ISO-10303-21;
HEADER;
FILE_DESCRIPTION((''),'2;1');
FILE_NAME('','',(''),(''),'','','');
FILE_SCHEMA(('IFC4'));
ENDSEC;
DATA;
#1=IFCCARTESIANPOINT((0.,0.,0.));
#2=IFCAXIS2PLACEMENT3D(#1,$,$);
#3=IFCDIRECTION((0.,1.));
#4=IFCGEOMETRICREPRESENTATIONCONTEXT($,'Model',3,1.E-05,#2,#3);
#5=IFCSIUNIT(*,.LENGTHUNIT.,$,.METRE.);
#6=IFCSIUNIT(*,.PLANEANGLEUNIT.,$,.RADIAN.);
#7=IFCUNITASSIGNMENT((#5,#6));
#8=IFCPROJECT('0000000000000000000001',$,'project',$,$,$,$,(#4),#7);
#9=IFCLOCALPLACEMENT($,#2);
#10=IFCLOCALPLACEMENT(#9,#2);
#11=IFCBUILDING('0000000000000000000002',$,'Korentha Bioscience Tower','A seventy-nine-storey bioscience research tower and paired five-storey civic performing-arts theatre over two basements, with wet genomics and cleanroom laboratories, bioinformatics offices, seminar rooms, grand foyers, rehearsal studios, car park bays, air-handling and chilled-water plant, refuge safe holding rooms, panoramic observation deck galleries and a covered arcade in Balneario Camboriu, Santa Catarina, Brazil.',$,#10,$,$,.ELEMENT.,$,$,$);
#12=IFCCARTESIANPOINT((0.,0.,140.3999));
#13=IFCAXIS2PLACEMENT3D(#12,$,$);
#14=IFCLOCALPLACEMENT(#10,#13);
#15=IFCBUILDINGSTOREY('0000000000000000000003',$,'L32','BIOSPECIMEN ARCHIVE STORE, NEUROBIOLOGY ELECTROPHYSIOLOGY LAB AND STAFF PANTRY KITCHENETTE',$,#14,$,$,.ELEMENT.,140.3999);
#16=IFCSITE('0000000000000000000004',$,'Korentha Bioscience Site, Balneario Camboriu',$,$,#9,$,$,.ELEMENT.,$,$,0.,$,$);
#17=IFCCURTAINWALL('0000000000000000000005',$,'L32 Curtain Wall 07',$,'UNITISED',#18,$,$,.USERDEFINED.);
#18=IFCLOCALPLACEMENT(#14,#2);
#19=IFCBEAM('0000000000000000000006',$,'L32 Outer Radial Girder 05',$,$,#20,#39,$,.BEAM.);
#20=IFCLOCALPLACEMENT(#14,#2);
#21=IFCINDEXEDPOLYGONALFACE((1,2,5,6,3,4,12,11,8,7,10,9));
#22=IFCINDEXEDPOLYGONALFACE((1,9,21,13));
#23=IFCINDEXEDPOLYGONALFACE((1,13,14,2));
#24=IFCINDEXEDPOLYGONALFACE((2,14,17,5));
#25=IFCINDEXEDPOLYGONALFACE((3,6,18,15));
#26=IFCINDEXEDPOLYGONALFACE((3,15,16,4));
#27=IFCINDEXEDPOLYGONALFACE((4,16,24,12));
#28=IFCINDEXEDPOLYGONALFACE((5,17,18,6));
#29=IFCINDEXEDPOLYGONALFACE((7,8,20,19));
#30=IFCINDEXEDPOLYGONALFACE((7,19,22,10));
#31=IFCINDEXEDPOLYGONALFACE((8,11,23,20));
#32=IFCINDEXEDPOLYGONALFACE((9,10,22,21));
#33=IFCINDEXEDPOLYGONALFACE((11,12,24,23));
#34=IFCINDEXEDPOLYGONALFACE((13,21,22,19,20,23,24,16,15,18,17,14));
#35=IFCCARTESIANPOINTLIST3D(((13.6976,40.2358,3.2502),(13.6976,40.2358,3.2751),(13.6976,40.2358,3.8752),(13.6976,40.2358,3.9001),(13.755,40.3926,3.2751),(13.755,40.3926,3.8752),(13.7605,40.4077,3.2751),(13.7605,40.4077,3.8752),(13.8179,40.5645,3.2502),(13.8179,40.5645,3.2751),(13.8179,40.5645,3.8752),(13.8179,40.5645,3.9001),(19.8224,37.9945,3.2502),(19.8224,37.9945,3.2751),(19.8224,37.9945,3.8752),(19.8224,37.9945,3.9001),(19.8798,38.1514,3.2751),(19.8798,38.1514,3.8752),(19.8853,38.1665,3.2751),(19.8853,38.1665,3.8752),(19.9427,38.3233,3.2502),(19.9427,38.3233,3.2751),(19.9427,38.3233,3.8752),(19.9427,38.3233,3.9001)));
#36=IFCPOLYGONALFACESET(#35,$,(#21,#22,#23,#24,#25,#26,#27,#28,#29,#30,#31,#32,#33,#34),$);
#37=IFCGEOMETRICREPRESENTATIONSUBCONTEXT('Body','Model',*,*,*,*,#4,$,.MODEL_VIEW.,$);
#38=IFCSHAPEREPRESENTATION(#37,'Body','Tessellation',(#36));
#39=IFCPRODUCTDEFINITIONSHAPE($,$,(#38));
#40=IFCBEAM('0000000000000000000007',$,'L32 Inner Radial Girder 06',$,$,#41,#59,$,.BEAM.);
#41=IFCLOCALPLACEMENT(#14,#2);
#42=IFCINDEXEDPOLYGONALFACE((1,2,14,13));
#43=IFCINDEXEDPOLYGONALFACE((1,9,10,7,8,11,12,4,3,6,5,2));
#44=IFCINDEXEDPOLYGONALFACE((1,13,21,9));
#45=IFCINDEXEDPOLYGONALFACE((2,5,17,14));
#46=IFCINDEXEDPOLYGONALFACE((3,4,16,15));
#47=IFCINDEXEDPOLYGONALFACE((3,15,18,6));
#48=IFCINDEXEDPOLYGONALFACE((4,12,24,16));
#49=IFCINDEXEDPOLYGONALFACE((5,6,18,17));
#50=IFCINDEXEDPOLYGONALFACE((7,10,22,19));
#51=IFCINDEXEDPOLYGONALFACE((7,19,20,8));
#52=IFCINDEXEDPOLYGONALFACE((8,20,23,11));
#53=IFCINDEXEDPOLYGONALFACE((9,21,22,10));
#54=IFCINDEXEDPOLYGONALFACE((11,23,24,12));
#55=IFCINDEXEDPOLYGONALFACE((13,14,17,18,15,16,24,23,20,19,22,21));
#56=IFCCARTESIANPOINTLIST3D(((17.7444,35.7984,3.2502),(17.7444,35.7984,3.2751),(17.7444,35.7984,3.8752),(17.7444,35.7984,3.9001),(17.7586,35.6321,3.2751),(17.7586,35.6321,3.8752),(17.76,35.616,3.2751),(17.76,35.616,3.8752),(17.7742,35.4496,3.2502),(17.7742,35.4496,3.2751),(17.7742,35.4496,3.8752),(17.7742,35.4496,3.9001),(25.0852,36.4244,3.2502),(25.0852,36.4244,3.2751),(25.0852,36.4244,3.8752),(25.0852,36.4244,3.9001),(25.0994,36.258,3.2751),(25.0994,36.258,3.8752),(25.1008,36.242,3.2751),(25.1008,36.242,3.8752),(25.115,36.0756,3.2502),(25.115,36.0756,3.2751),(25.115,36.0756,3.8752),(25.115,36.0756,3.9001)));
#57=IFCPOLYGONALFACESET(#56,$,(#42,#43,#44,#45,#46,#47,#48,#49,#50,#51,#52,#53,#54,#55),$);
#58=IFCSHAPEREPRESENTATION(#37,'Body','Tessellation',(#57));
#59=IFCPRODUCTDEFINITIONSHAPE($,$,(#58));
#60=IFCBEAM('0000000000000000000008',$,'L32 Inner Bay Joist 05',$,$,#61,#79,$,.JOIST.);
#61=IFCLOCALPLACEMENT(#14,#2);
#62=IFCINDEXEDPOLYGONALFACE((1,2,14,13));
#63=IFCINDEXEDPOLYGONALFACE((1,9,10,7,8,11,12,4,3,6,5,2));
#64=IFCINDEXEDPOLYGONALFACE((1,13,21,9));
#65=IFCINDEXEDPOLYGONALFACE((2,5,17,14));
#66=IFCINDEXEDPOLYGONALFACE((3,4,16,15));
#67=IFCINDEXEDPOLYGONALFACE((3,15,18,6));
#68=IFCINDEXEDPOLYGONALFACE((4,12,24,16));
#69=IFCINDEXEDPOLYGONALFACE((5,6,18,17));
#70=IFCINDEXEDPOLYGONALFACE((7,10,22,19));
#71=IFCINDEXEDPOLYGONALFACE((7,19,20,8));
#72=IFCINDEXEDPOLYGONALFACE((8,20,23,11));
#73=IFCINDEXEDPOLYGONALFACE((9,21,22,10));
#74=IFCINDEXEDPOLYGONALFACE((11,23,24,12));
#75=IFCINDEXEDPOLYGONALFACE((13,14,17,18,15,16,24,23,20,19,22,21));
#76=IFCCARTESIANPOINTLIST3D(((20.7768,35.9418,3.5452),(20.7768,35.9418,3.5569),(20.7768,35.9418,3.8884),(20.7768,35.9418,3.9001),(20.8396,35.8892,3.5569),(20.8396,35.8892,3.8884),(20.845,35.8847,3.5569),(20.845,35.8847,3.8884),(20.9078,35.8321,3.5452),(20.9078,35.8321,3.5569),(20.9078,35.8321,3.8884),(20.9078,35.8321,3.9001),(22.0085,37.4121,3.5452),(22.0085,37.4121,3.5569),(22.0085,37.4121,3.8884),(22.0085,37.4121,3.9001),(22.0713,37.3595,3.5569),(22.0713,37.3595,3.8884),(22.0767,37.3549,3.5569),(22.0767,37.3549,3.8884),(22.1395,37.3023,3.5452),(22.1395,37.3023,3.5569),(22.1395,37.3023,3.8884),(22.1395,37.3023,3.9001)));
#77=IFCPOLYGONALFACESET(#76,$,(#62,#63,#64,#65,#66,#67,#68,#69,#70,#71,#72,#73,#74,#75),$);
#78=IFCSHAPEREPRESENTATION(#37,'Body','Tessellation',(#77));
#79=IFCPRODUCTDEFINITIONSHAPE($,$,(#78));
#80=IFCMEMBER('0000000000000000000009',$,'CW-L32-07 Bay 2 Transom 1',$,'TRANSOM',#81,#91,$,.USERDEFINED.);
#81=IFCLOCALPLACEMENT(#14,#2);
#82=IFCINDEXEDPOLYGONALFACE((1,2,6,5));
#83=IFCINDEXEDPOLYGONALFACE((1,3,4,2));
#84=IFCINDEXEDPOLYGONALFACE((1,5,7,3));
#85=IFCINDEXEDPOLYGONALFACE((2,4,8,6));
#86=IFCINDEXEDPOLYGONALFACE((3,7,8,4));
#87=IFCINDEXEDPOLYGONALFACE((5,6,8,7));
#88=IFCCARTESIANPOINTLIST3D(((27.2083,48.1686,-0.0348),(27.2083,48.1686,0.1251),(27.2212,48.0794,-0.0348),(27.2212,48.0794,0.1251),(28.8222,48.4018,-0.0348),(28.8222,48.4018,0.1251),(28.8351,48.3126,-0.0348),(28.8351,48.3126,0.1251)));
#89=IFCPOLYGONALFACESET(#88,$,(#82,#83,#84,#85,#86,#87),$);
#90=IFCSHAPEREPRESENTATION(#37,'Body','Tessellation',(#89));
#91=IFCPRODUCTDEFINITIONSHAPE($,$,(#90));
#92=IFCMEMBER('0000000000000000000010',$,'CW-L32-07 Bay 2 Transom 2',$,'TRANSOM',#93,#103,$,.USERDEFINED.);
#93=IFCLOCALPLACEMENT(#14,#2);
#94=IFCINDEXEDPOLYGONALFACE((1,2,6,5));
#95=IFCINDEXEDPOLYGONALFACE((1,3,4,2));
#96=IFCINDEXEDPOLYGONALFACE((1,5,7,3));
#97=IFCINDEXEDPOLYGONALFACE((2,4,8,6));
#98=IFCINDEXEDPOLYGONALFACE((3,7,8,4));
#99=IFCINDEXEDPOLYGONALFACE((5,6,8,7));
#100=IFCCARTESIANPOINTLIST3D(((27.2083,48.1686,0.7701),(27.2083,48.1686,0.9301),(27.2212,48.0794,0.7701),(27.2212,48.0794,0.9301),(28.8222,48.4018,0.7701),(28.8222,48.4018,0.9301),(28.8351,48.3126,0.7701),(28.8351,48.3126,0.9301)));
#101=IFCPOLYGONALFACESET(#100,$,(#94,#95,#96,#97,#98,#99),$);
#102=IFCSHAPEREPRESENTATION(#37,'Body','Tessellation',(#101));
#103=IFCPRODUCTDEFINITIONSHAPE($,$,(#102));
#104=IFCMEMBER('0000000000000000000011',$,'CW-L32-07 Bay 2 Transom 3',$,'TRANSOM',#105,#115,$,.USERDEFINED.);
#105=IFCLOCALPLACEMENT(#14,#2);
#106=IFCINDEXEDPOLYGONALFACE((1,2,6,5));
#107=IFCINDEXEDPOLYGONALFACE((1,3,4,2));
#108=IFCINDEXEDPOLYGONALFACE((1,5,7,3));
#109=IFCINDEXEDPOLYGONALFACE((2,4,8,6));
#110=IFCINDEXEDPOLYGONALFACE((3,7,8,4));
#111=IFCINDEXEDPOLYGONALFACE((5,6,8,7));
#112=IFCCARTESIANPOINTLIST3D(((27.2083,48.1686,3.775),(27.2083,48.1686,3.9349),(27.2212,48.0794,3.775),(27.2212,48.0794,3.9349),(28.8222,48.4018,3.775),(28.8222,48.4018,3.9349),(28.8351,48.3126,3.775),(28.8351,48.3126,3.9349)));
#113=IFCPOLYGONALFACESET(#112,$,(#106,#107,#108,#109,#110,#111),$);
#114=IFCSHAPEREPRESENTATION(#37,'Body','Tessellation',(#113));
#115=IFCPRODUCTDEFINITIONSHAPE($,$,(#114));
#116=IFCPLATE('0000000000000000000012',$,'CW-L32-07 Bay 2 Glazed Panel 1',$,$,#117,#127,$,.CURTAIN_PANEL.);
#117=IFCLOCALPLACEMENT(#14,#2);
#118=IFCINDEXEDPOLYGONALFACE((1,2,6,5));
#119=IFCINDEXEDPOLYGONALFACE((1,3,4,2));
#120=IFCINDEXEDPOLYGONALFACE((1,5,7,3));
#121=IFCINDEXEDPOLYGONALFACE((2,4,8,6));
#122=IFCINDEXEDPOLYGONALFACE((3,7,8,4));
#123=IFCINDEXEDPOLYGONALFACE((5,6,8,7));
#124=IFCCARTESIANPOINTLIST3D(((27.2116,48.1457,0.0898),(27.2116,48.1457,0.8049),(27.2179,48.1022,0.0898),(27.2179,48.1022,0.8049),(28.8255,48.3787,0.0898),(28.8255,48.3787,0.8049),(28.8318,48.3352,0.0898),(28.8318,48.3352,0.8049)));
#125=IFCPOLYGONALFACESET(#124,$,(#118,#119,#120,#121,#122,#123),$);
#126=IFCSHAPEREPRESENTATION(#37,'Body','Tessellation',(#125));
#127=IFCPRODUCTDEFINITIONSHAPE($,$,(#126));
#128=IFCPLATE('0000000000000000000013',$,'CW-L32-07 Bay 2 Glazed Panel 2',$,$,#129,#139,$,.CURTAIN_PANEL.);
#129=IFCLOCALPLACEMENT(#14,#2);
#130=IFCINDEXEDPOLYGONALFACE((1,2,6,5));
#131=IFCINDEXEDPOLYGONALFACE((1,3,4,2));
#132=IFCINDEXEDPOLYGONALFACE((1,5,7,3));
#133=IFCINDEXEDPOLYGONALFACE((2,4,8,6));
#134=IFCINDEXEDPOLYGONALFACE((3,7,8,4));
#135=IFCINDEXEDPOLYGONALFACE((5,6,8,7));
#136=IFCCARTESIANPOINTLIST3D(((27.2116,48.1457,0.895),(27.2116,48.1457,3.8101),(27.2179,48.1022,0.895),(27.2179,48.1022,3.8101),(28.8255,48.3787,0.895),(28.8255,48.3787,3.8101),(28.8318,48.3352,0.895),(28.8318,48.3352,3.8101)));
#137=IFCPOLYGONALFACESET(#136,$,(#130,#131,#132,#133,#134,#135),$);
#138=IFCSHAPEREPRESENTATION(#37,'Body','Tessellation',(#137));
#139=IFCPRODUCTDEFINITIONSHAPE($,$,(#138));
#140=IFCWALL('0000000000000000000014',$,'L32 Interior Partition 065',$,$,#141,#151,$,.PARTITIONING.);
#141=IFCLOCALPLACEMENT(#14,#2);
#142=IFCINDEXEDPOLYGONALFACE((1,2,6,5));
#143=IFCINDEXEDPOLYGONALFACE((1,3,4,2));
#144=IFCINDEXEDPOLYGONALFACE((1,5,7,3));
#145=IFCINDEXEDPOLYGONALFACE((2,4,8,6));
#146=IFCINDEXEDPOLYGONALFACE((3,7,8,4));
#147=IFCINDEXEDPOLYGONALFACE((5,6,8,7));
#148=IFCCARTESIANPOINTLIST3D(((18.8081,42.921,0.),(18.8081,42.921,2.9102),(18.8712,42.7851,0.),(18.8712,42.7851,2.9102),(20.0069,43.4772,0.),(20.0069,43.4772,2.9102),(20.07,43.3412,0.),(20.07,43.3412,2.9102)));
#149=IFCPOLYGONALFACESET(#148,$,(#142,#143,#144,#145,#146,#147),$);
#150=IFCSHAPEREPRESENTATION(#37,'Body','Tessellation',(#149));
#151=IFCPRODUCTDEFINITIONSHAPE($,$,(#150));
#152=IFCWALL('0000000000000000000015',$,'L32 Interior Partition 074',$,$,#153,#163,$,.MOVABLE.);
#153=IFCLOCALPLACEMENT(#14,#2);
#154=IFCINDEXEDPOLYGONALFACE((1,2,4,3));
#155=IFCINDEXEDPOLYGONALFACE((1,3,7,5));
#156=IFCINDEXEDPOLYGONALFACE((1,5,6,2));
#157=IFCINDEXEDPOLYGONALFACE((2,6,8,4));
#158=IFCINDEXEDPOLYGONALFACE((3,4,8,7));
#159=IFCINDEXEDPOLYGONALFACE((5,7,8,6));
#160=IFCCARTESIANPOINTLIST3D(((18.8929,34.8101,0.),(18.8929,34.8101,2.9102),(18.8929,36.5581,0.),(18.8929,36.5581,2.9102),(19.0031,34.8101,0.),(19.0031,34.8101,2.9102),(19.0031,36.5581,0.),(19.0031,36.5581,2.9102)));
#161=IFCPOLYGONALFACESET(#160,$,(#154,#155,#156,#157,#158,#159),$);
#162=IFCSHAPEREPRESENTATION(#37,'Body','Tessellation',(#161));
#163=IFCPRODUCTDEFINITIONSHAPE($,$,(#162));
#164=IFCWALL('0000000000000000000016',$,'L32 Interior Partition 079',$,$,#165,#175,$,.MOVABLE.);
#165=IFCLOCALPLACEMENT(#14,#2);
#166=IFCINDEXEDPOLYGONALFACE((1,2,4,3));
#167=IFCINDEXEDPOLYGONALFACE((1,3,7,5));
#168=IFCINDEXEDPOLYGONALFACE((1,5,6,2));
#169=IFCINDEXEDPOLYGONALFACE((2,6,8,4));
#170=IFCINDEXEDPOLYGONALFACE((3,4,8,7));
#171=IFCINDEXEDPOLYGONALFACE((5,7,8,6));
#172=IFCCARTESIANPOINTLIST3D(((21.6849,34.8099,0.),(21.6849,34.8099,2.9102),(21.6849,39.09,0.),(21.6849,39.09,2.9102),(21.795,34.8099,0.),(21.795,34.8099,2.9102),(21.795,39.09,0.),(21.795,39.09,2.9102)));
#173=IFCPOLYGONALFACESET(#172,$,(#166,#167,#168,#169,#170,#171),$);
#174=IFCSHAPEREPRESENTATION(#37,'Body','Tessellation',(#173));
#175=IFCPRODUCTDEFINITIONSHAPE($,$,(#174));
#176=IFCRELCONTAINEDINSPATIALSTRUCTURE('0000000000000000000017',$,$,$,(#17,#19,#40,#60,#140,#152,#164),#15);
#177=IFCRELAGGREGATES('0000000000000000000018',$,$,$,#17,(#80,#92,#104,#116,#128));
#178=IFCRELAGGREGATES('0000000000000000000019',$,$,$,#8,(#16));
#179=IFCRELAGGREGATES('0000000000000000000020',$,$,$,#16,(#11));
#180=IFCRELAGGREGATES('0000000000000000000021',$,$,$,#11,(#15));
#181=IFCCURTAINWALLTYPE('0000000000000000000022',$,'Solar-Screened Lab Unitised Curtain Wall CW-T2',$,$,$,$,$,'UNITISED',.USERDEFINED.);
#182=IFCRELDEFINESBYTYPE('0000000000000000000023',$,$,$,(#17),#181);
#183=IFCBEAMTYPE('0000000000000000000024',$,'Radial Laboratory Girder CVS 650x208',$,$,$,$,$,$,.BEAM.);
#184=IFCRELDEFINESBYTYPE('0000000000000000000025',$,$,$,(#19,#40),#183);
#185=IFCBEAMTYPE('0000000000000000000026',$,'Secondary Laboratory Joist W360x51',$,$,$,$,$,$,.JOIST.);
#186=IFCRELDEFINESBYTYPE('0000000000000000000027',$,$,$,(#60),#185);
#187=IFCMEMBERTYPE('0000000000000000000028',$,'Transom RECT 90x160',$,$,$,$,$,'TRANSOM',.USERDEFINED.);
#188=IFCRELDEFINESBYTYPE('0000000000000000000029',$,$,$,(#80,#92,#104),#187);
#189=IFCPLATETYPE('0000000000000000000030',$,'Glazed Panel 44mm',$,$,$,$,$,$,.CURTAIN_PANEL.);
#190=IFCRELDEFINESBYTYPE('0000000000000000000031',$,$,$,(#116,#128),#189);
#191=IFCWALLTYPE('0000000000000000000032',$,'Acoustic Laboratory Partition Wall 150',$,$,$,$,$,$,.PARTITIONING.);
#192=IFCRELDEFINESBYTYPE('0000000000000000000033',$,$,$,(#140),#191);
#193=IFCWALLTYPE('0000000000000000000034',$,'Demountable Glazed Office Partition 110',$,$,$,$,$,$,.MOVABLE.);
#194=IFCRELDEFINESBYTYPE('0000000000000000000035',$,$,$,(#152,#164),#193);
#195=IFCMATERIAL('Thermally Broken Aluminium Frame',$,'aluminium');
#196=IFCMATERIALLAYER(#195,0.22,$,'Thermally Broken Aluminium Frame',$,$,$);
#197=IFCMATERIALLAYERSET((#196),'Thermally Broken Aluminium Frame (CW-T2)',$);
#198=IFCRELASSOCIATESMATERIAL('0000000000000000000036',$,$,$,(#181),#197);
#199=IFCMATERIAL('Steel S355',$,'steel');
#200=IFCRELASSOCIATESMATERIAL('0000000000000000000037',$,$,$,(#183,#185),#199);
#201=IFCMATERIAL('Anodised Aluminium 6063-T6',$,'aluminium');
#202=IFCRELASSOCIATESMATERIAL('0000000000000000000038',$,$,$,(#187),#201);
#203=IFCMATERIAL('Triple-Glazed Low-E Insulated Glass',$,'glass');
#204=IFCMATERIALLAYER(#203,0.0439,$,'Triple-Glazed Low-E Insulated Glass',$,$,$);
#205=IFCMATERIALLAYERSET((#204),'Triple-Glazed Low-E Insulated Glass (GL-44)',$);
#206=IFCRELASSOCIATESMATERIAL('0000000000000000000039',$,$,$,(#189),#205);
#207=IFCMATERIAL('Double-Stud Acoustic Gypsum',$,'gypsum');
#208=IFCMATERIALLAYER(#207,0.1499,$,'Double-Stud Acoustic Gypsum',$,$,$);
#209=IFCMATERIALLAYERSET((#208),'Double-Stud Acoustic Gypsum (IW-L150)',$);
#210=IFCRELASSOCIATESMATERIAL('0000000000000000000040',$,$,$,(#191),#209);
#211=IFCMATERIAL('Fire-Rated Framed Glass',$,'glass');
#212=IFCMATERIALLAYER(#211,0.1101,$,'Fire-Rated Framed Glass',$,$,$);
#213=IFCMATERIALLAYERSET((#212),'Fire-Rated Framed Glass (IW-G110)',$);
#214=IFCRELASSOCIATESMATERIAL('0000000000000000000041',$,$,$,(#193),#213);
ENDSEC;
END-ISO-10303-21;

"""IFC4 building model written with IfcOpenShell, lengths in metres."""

from ifc_helpers import new_model, si_unit, direction, frame, frame_2d, origin, origin_2d, place, context, subcontext, project, spatial, rectangle, i_section, extrude, material, layer, layer_set, material_profile, profile_set, type_object, element, aggregate, save


model = new_model("IFC4")

# Units and contexts
model_context = context("Model", 3, precision=1e-05, world=origin(), true_north=direction((0.0, 1.0)))
body_context = subcontext(model_context, "Body", "Model", "MODEL_VIEW")
ifc_project = project(units=[si_unit("LENGTHUNIT", "METRE"), si_unit("PLANEANGLEUNIT", "RADIAN")], contexts=[model_context])

# Site, building, storey
site_placement = place(None, origin())
site = spatial("IfcSite", under=ifc_project, at=site_placement, Name="Korentha Bioscience Site, Balneario Camboriu", CompositionType="ELEMENT", RefElevation=0.0)
building_placement = place(site_placement, origin())
building = spatial("IfcBuilding", under=site, at=building_placement, Name="Korentha Bioscience Tower", Description="A seventy-nine-storey bioscience research tower and paired five-storey civic performing-arts theatre over two basements, with wet genomics and cleanroom laboratories, bioinformatics offices, seminar rooms, grand foyers, rehearsal studios, car park bays, air-handling and chilled-water plant, refuge safe holding rooms, panoramic observation deck galleries and a covered arcade in Balneario Camboriu, Santa Catarina, Brazil.", CompositionType="ELEMENT")
storey_placement = place(building_placement, frame((0.0, 0.0, 140.3999)))
storey = spatial("IfcBuildingStorey", under=building, at=storey_placement, Name="L32", Description="BIOSPECIMEN ARCHIVE STORE, NEUROBIOLOGY ELECTROPHYSIOLOGY LAB AND STAFF PANTRY KITCHENETTE", CompositionType="ELEMENT", Elevation=140.3999)

# Shared definitions
ifc_material_1 = material(Name="Steel S355", Category="steel")

# Curtain wall
ifc_material_2 = material(Name="Thermally Broken Aluminium Frame", Category="aluminium")
ifc_layer_1 = layer(ifc_material_2, 0.22, Name="Thermally Broken Aluminium Frame")
ifc_layer_set_1 = layer_set([ifc_layer_1], Name="Thermally Broken Aluminium Frame (CW-T2)")
curtain_wall_type = type_object("IfcCurtainWallType", Name="Solar-Screened Lab Unitised Curtain Wall CW-T2", ElementType="UNITISED", PredefinedType="USERDEFINED", material=ifc_layer_set_1)
curtain_wall_placement = place(storey_placement, origin())
curtain_wall = element("IfcCurtainWall", 1, at=curtain_wall_placement, inside=storey, type_object=curtain_wall_type, Name="L32 Curtain Wall 07", ObjectType="UNITISED", PredefinedType="USERDEFINED")
ifc_material_3 = material(Name="Anodised Aluminium 6063-T6", Category="aluminium")

# Beams
ifc_material_profile_1 = material_profile(ifc_material_1, i_section(OverallWidth=0.3501, OverallDepth=0.6499, WebThickness=0.0161, FlangeThickness=0.0249, at=origin_2d()), Name="Steel S355")
ifc_profile_set_1 = profile_set([ifc_material_profile_1], Name="Steel S355 (RB-650)")
beam_type_1 = type_object("IfcBeamType", Name="Radial Laboratory Girder CVS 650x208", PredefinedType="BEAM", material=ifc_profile_set_1)
beam_1_placement = place(storey_placement, frame((19.8826, 38.1589, 3.5752), z_axis=(-0.939101, 0.343642, 0.0), x_axis=(-0.343642, -0.939101, 0.0)))
element("IfcBeam", 2, at=beam_1_placement, inside=storey, type_object=beam_type_1, Name="L32 Outer Radial Girder 05", PredefinedType="BEAM", context=body_context, shape_type="SweptSolid", body=[
    extrude(i_section(OverallWidth=0.3501, OverallDepth=0.6499, WebThickness=0.0161, FlangeThickness=0.0249, at=origin_2d()), origin(), (0.0, 0.0, 1.0), 6.522),
])
beam_2_placement = place(storey_placement, frame((25.1001, 36.25, 3.5752), z_axis=(-0.996384, -0.084965, 0.0), x_axis=(0.084965, -0.996384, 0.0)))
element("IfcBeam", 3, at=beam_2_placement, inside=storey, type_object=beam_type_1, Name="L32 Inner Radial Girder 06", PredefinedType="BEAM", context=body_context, shape_type="SweptSolid", body=[
    extrude(i_section(OverallWidth=0.3501, OverallDepth=0.6499, WebThickness=0.0161, FlangeThickness=0.0249, at=origin_2d()), origin(), (0.0, 0.0, 1.0), 7.3674),
])
ifc_material_profile_2 = material_profile(ifc_material_1, i_section(OverallWidth=0.1709, OverallDepth=0.355, WebThickness=0.0071, FlangeThickness=0.0117, at=origin_2d()), Name="Steel S355")
ifc_profile_set_2 = profile_set([ifc_material_profile_2], Name="Steel S355 (JB-360)")
beam_type_2 = type_object("IfcBeamType", Name="Secondary Laboratory Joist W360x51", PredefinedType="JOIST", material=ifc_profile_set_2)
beam_3_placement = place(storey_placement, frame((22.074, 37.3572, 3.7227), z_axis=(-0.642185, -0.766549, 0.0), x_axis=(0.766549, -0.642185, 0.0)))
element("IfcBeam", 4, at=beam_3_placement, inside=storey, type_object=beam_type_2, Name="L32 Inner Bay Joist 05", PredefinedType="JOIST", context=body_context, shape_type="SweptSolid", body=[
    extrude(i_section(OverallWidth=0.1709, OverallDepth=0.355, WebThickness=0.0071, FlangeThickness=0.0117, at=origin_2d()), origin(), (0.0, 0.0, 1.0), 1.918),
])

# Members
ifc_material_profile_3 = material_profile(ifc_material_3, rectangle(XDim=0.0901, YDim=0.1599, at=origin_2d()), Name="Anodised Aluminium 6063-T6")
ifc_profile_set_3 = profile_set([ifc_material_profile_3], Name="Anodised Aluminium 6063-T6 (CW-TRN)")
member_type_1 = type_object("IfcMemberType", Name="Transom RECT 90x160", ElementType="TRANSOM", PredefinedType="USERDEFINED", material=ifc_profile_set_3)
member_1_placement = place(storey_placement, frame((28.8286, 48.3572, 0.0452), z_axis=(-0.989724, -0.142993, 0.0), x_axis=(0.142993, -0.989724, 0.0)))
member_1 = element("IfcMember", 5, at=member_1_placement, type_object=member_type_1, Name="CW-L32-07 Bay 2 Transom 1", ObjectType="TRANSOM", PredefinedType="USERDEFINED", context=body_context, shape_type="SweptSolid", body=[
    extrude(rectangle(XDim=0.0901, YDim=0.1599, at=origin_2d()), origin(), (0.0, 0.0, 1.0), 1.6306),
])
member_2_placement = place(storey_placement, frame((28.8286, 48.3572, 0.8501), z_axis=(-0.989724, -0.142993, 0.0), x_axis=(0.142993, -0.989724, 0.0)))
member_2 = element("IfcMember", 6, at=member_2_placement, type_object=member_type_1, Name="CW-L32-07 Bay 2 Transom 2", ObjectType="TRANSOM", PredefinedType="USERDEFINED", context=body_context, shape_type="SweptSolid", body=[
    extrude(rectangle(XDim=0.0901, YDim=0.1599, at=origin_2d()), origin(), (0.0, 0.0, 1.0), 1.6306),
])
member_3_placement = place(storey_placement, frame((28.8286, 48.3572, 3.855), z_axis=(-0.989724, -0.142993, 0.0), x_axis=(0.142993, -0.989724, 0.0)))
member_3 = element("IfcMember", 7, at=member_3_placement, type_object=member_type_1, Name="CW-L32-07 Bay 2 Transom 3", ObjectType="TRANSOM", PredefinedType="USERDEFINED", context=body_context, shape_type="SweptSolid", body=[
    extrude(rectangle(XDim=0.0901, YDim=0.1599, at=origin_2d()), origin(), (0.0, 0.0, 1.0), 1.6306),
])

# Plates
ifc_material_4 = material(Name="Triple-Glazed Low-E Insulated Glass", Category="glass")
ifc_layer_2 = layer(ifc_material_4, 0.0439, Name="Triple-Glazed Low-E Insulated Glass")
ifc_layer_set_2 = layer_set([ifc_layer_2], Name="Triple-Glazed Low-E Insulated Glass (GL-44)")
plate_type = type_object("IfcPlateType", Name="Glazed Panel 44mm", PredefinedType="CURTAIN_PANEL", material=ifc_layer_set_2)
plate_1_placement = place(storey_placement, frame((28.0217, 48.2405, 0.0898), z_axis=(0.0, 0.0, 1.0), x_axis=(-0.989738, -0.142892, 0.0)))
plate_1 = element("IfcPlate", 8, at=plate_1_placement, type_object=plate_type, Name="CW-L32-07 Bay 2 Glazed Panel 1", PredefinedType="CURTAIN_PANEL", context=body_context, shape_type="SweptSolid", body=[
    extrude(rectangle(XDim=1.6306, YDim=0.0439, at=origin_2d()), origin(), (0.0, 0.0, 1.0), 0.7151),
])
plate_2_placement = place(storey_placement, frame((28.0217, 48.2405, 0.895), z_axis=(0.0, 0.0, 1.0), x_axis=(-0.989738, -0.142892, 0.0)))
plate_2 = element("IfcPlate", 9, at=plate_2_placement, type_object=plate_type, Name="CW-L32-07 Bay 2 Glazed Panel 2", PredefinedType="CURTAIN_PANEL", context=body_context, shape_type="SweptSolid", body=[
    extrude(rectangle(XDim=1.6306, YDim=0.0439, at=origin_2d()), origin(), (0.0, 0.0, 1.0), 2.915),
])
aggregate(curtain_wall, [member_1, member_2, member_3, plate_1, plate_2])

# Walls
ifc_material_5 = material(Name="Double-Stud Acoustic Gypsum", Category="gypsum")
ifc_layer_3 = layer(ifc_material_5, 0.1499, Name="Double-Stud Acoustic Gypsum")
ifc_layer_set_3 = layer_set([ifc_layer_3], Name="Double-Stud Acoustic Gypsum (IW-L150)")
wall_type_1 = type_object("IfcWallType", Name="Acoustic Laboratory Partition Wall 150", PredefinedType="PARTITIONING", material=ifc_layer_set_3)
wall_1_placement = place(storey_placement, frame((20.0383, 43.4092, 0.0), z_axis=(0.0, 0.0, 1.0), x_axis=(-0.907125, -0.420862, 0.0)))
element("IfcWall", 10, at=wall_1_placement, inside=storey, type_object=wall_type_1, Name="L32 Interior Partition 065", PredefinedType="PARTITIONING", context=body_context, shape_type="SweptSolid", body=[
    extrude(rectangle(XDim=1.3215, YDim=0.1499, at=frame_2d((0.6606, 0.0))), origin(), (0.0, 0.0, 1.0), 2.9102),
])
ifc_material_6 = material(Name="Fire-Rated Framed Glass", Category="glass")
ifc_layer_4 = layer(ifc_material_6, 0.1101, Name="Fire-Rated Framed Glass")
ifc_layer_set_4 = layer_set([ifc_layer_4], Name="Fire-Rated Framed Glass (IW-G110)")
wall_type_2 = type_object("IfcWallType", Name="Demountable Glazed Office Partition 110", PredefinedType="MOVABLE", material=ifc_layer_set_4)
wall_2_placement = place(storey_placement, frame((18.948, 36.5581, 0.0), z_axis=(0.0, 0.0, 1.0), x_axis=(0.0, -1.0, 0.0)))
element("IfcWall", 11, at=wall_2_placement, inside=storey, type_object=wall_type_2, Name="L32 Interior Partition 074", PredefinedType="MOVABLE", context=body_context, shape_type="SweptSolid", body=[
    extrude(rectangle(XDim=1.748, YDim=0.1101, at=frame_2d((0.874, 0.0))), origin(), (0.0, 0.0, 1.0), 2.9102),
])
wall_3_placement = place(storey_placement, frame((21.74, 39.0901, 0.0), z_axis=(0.0, 0.0, 1.0), x_axis=(0.0, -1.0, 0.0)))
element("IfcWall", 12, at=wall_3_placement, inside=storey, type_object=wall_type_2, Name="L32 Interior Partition 079", PredefinedType="MOVABLE", context=body_context, shape_type="SweptSolid", body=[
    extrude(rectangle(XDim=4.28, YDim=0.1101, at=frame_2d((2.1401, 0.0))), origin(), (0.0, 0.0, 1.0), 2.9102),
])

save(model, "model.ifc")
